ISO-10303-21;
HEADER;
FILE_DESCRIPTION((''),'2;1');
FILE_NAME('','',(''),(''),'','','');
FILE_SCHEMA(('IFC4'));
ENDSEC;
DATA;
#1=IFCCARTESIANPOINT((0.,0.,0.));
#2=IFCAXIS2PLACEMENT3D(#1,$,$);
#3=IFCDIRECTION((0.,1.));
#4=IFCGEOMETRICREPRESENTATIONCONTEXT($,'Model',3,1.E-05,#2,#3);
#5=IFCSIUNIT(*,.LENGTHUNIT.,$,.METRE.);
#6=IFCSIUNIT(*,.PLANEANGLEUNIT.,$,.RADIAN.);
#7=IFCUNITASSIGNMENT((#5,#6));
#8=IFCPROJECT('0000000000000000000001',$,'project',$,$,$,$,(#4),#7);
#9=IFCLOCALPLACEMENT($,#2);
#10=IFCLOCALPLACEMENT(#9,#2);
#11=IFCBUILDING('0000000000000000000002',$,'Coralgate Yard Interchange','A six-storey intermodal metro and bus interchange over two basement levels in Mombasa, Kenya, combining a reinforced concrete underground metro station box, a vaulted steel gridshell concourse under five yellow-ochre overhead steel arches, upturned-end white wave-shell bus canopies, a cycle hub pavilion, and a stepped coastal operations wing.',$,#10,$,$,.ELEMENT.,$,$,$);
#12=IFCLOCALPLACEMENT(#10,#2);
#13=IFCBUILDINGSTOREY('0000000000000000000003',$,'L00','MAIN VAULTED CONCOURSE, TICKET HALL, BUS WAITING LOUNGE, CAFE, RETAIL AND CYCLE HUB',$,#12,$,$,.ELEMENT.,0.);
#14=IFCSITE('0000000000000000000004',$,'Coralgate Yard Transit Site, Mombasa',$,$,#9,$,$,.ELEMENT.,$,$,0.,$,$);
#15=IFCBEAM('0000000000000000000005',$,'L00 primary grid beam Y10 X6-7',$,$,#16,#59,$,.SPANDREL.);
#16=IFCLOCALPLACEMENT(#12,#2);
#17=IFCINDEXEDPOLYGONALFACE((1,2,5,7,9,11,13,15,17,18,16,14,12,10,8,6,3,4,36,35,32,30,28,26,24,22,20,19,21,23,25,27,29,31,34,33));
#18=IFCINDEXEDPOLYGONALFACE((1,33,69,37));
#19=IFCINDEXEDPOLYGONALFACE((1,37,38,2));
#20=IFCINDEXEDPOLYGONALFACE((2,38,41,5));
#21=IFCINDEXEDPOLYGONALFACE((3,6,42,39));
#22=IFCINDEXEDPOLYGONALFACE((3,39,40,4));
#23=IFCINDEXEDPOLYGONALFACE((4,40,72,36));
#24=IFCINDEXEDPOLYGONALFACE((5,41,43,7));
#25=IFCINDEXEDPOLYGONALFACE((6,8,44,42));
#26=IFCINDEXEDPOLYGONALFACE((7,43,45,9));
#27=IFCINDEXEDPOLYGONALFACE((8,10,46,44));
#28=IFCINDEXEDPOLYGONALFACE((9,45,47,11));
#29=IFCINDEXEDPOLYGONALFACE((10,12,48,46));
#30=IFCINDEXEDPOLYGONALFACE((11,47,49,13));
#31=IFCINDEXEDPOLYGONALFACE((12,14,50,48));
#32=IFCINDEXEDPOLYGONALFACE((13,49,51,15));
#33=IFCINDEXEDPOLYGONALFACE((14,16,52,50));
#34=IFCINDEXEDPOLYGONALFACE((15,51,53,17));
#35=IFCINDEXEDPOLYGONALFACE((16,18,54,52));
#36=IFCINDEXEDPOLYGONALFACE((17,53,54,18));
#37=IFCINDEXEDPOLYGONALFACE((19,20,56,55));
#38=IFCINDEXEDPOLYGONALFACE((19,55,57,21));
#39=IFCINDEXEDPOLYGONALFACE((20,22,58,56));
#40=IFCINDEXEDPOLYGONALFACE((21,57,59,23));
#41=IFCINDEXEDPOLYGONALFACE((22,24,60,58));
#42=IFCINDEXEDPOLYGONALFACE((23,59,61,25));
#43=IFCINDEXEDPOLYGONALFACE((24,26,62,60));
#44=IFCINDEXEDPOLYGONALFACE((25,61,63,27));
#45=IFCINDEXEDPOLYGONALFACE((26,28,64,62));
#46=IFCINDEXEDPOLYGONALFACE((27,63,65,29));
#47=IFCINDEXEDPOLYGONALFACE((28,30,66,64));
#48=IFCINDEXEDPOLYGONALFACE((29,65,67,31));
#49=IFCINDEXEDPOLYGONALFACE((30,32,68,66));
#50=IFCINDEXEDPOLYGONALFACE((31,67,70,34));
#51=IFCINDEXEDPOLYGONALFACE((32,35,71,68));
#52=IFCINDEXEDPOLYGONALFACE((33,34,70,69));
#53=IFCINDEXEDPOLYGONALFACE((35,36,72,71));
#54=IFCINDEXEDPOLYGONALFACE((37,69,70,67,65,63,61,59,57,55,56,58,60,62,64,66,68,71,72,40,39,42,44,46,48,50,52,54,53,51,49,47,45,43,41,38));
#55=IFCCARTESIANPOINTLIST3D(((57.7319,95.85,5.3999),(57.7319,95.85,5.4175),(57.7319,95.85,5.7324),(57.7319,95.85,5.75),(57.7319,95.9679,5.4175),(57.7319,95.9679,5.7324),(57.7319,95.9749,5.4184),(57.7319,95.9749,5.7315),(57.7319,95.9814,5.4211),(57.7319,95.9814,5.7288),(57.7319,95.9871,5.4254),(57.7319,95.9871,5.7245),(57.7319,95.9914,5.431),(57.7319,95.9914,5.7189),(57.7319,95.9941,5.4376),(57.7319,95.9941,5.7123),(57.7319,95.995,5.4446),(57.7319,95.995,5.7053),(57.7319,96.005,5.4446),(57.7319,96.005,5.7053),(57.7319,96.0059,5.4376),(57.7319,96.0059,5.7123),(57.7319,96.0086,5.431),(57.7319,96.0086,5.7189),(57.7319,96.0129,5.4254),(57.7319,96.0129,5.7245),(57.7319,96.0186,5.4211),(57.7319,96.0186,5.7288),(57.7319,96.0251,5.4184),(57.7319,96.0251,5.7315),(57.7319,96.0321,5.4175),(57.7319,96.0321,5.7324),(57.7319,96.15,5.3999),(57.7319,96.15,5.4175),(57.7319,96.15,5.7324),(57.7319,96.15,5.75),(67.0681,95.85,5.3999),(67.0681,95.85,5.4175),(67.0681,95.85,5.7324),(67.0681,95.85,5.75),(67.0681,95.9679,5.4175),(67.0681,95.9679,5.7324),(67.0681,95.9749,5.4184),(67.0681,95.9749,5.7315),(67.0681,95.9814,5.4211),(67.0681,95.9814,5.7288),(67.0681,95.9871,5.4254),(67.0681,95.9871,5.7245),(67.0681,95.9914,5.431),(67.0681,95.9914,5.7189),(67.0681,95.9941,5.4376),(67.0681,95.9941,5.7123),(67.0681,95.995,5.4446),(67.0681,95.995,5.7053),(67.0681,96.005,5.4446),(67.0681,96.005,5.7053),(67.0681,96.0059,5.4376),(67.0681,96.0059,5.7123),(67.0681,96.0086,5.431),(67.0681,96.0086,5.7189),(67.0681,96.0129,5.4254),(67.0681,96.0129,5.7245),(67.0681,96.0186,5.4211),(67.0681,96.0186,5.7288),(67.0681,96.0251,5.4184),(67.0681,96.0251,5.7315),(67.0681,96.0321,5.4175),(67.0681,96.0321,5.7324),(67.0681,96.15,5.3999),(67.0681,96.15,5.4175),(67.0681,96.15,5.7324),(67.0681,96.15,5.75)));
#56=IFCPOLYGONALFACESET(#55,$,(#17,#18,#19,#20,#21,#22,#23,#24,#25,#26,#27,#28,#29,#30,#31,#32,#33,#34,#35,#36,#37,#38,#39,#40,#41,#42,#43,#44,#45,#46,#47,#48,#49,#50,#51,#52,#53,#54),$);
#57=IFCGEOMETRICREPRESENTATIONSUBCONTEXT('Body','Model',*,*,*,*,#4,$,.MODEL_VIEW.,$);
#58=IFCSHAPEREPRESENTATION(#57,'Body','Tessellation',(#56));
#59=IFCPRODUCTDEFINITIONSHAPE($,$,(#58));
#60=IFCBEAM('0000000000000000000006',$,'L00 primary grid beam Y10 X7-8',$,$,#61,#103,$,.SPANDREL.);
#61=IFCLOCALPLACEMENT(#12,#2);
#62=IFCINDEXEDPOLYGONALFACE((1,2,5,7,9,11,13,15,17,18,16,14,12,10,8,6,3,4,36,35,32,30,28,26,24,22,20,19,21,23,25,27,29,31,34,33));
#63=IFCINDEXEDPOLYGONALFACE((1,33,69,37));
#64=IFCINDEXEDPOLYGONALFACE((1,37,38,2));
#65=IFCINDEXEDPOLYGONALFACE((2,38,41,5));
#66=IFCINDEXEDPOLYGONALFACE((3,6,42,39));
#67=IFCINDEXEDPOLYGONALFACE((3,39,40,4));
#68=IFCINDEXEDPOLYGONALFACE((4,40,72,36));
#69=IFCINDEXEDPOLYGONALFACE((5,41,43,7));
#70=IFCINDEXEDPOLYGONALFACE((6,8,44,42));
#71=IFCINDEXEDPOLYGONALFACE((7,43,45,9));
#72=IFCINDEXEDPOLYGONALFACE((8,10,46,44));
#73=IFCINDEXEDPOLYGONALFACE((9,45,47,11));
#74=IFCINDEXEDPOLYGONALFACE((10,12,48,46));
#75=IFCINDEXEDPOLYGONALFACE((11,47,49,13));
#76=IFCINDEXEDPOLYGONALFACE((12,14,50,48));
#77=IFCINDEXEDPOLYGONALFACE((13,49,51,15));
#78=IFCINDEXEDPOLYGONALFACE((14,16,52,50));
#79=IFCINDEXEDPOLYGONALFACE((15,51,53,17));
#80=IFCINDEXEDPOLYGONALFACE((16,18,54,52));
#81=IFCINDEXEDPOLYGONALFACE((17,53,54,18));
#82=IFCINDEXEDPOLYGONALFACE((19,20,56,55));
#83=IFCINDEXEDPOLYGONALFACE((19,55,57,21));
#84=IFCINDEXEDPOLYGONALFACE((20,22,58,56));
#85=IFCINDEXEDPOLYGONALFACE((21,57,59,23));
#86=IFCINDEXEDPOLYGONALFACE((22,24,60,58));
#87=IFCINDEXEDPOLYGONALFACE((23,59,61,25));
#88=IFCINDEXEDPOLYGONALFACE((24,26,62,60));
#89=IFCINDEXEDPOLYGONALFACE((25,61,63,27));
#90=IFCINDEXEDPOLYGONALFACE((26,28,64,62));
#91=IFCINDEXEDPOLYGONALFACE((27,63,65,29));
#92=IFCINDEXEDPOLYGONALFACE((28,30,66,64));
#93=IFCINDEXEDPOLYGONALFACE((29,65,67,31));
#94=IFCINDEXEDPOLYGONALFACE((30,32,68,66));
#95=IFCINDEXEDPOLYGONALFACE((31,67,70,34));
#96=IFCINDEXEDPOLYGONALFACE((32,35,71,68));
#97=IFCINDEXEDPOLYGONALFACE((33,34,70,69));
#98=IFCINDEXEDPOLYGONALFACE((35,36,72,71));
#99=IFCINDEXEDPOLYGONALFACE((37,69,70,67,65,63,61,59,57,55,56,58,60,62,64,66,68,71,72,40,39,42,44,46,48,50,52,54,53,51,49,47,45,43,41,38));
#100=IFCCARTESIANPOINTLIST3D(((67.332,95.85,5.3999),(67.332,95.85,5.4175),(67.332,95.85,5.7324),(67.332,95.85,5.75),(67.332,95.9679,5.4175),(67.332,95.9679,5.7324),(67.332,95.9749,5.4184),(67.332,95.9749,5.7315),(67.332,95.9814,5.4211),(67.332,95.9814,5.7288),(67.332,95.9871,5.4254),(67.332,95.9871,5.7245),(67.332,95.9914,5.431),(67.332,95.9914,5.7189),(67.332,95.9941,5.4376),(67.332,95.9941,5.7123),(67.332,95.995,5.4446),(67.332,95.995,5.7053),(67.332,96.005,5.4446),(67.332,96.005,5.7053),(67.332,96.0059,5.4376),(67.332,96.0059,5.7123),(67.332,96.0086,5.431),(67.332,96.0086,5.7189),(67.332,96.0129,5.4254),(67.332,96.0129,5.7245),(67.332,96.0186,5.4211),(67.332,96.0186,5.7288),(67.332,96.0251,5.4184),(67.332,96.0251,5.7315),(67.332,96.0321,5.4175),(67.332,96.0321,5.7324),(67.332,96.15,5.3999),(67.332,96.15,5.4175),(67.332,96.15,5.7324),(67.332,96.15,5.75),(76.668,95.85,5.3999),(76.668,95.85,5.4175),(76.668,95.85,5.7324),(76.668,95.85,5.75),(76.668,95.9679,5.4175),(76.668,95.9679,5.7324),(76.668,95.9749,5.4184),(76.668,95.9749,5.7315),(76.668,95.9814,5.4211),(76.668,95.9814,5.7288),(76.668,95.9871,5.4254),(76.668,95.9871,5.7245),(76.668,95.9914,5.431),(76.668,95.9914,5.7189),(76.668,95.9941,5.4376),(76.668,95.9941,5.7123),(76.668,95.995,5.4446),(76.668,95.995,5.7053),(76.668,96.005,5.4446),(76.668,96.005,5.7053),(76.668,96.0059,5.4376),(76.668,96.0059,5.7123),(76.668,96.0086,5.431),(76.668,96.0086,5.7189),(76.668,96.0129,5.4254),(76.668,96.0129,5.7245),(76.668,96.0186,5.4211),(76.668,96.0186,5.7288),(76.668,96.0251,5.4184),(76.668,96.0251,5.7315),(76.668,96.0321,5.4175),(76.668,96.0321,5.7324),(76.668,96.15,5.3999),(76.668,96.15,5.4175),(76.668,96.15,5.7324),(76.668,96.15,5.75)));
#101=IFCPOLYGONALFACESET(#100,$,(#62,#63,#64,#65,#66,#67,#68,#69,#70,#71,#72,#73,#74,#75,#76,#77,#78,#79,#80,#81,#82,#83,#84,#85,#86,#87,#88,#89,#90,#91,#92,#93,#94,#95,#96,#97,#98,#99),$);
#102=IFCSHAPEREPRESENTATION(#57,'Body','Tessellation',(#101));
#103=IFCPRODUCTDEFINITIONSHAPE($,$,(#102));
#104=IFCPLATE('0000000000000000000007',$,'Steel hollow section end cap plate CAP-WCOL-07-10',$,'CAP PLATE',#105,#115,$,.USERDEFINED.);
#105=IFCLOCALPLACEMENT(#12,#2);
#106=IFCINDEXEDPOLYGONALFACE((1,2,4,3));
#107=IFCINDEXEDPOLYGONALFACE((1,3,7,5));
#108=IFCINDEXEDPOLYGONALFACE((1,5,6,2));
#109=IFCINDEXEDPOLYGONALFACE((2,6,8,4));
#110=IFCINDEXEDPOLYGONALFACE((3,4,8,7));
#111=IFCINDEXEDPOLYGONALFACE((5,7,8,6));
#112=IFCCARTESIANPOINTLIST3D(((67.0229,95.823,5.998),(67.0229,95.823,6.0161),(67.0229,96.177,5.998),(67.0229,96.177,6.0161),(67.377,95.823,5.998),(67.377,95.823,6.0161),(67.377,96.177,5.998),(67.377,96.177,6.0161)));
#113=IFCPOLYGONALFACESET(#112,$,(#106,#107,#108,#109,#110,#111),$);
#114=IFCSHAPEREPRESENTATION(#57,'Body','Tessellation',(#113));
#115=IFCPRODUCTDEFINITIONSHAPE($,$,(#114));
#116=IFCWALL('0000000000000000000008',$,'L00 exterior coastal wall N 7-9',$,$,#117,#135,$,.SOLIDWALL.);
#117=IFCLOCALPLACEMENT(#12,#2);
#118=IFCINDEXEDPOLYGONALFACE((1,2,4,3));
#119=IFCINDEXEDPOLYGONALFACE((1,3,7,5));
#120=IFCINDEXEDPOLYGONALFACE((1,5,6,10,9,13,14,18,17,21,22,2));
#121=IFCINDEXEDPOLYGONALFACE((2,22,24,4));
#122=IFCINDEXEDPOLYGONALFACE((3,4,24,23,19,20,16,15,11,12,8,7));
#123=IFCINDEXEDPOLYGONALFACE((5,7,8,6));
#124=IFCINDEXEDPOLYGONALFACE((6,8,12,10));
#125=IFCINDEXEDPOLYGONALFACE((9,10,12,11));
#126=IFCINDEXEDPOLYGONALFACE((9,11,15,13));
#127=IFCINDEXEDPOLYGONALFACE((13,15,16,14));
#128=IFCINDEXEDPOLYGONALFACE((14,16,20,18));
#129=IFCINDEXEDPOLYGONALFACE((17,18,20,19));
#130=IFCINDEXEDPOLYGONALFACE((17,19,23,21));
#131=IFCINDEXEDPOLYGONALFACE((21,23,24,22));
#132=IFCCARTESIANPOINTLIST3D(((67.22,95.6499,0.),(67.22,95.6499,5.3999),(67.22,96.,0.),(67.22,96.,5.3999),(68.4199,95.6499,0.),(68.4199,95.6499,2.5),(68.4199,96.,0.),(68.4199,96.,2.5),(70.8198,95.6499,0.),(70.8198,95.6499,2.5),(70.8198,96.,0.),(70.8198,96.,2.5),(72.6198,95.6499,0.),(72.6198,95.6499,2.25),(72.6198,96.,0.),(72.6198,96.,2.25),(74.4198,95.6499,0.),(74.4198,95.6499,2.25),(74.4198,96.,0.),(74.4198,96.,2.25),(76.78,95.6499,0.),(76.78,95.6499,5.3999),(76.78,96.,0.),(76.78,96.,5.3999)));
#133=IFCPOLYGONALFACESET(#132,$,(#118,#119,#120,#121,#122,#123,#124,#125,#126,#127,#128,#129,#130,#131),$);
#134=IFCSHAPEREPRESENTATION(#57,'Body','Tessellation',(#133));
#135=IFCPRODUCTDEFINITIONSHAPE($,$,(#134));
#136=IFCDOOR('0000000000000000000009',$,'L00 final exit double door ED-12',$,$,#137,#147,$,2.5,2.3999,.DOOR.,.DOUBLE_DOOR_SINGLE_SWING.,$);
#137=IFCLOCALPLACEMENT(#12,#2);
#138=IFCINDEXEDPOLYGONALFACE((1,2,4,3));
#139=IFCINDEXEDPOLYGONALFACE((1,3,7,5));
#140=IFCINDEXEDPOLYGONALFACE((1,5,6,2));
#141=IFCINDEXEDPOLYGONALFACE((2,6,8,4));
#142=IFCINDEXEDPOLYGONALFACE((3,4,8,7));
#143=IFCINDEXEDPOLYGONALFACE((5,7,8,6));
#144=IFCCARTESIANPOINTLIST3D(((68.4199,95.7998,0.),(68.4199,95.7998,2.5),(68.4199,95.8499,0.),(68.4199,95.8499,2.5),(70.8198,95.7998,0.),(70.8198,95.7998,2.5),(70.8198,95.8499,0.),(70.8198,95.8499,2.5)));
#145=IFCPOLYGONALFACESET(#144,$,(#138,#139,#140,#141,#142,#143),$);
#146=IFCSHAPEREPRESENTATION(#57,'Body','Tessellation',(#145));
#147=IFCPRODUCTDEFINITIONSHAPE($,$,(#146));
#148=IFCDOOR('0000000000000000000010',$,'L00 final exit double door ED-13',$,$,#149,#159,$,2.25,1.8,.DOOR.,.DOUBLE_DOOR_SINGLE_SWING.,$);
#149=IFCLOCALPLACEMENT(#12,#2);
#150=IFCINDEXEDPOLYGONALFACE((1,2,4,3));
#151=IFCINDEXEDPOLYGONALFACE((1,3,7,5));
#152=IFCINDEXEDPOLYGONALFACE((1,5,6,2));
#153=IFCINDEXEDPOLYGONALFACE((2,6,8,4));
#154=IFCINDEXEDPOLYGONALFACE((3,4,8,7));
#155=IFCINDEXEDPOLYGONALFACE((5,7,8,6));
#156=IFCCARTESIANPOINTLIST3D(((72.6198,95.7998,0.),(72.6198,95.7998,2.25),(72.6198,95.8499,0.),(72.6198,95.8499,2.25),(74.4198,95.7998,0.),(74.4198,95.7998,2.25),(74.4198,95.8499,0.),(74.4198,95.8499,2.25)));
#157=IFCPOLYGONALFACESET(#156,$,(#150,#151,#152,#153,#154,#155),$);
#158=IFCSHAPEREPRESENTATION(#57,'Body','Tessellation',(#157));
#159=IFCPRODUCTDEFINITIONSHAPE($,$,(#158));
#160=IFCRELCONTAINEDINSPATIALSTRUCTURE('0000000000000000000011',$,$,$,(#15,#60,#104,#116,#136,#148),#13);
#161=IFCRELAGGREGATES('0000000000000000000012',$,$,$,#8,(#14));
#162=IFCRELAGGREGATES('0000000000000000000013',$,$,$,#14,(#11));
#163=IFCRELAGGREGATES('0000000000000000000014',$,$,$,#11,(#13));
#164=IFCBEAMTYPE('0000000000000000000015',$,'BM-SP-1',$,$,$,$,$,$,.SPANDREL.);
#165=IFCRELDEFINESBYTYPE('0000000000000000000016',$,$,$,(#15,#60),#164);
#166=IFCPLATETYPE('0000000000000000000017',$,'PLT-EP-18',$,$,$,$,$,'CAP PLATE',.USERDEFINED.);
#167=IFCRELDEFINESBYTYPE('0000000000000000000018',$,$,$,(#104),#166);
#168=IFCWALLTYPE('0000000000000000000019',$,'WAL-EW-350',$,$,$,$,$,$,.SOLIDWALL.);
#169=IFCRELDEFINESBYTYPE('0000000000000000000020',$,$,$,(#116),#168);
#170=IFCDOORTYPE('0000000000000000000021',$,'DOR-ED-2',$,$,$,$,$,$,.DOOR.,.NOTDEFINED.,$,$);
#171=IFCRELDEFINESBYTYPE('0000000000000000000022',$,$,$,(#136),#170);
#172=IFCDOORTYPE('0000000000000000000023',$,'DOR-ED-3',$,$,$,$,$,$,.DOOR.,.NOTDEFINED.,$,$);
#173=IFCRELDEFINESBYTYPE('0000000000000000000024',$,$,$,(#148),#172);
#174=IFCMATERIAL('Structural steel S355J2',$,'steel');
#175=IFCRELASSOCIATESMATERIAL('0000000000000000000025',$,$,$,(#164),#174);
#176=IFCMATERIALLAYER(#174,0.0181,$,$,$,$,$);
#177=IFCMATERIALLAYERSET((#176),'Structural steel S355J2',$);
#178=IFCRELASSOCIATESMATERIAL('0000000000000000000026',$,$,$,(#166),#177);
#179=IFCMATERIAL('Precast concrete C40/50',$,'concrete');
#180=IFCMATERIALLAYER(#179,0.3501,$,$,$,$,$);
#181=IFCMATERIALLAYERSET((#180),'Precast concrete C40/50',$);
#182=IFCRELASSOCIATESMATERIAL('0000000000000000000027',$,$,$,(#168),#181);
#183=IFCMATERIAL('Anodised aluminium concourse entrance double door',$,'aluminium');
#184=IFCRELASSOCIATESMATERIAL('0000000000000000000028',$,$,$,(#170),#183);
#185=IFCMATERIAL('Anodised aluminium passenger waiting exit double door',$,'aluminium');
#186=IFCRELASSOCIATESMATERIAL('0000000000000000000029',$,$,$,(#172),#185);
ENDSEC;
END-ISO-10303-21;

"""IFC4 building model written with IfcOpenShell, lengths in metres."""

from ifc_helpers import new_model, si_unit, direction, frame, frame_2d, origin, origin_2d, place, context, subcontext, project, spatial, rectangle, i_section, extrude, material, layer, layer_set, material_profile, profile_set, type_object, element, fill, save


model = new_model("IFC4")

# Units and contexts
model_context = context("Model", 3, precision=1e-05, world=origin(), true_north=direction((0.0, 1.0)))
body_context = subcontext(model_context, "Body", "Model", "MODEL_VIEW")
ifc_project = project(units=[si_unit("LENGTHUNIT", "METRE"), si_unit("PLANEANGLEUNIT", "RADIAN")], contexts=[model_context])

# Site, building, storey
site_placement = place(None, origin())
site = spatial("IfcSite", under=ifc_project, at=site_placement, Name="Coralgate Yard Transit Site, Mombasa", CompositionType="ELEMENT", RefElevation=0.0)
building_placement = place(site_placement, origin())
building = spatial("IfcBuilding", under=site, at=building_placement, Name="Coralgate Yard Interchange", Description="A six-storey intermodal metro and bus interchange over two basement levels in Mombasa, Kenya, combining a reinforced concrete underground metro station box, a vaulted steel gridshell concourse under five yellow-ochre overhead steel arches, upturned-end white wave-shell bus canopies, a cycle hub pavilion, and a stepped coastal operations wing.", CompositionType="ELEMENT")
storey_placement = place(building_placement, origin())
storey = spatial("IfcBuildingStorey", under=building, at=storey_placement, Name="L00", Description="MAIN VAULTED CONCOURSE, TICKET HALL, BUS WAITING LOUNGE, CAFE, RETAIL AND CYCLE HUB", CompositionType="ELEMENT", Elevation=0.0)

# Shared definitions
ifc_material_1 = material(Name="Structural steel S355J2", Category="steel")

# Beams
ifc_material_profile_1 = material_profile(ifc_material_1, i_section(OverallWidth=0.3, OverallDepth=0.3501, WebThickness=0.01, FlangeThickness=0.0176, FilletRadius=0.0271, at=origin_2d()), Name="HEA 360")
ifc_profile_set_1 = profile_set([ifc_material_profile_1], Name="Structural steel S355J2")
beam_type_1 = type_object("IfcBeamType", Name="BM-SP-1", PredefinedType="SPANDREL", material=ifc_profile_set_1)
beam_1_placement = place(storey_placement, frame((57.7319, 96.0, 5.575), z_axis=(1.0, 0.0, 0.0), x_axis=(0.0, 1.0, 0.0)))
element("IfcBeam", 1, at=beam_1_placement, inside=storey, type_object=beam_type_1, Name="L00 primary grid beam Y10 X6-7", PredefinedType="SPANDREL", context=body_context, shape_type="SweptSolid", body=[
    extrude(i_section(OverallWidth=0.3, OverallDepth=0.3501, WebThickness=0.01, FlangeThickness=0.0176, FilletRadius=0.0271, at=origin_2d()), origin(), (0.0, 0.0, 1.0), 9.3362),
])
beam_2_placement = place(storey_placement, frame((67.332, 96.0, 5.575), z_axis=(1.0, 0.0, 0.0), x_axis=(0.0, 1.0, 0.0)))
element("IfcBeam", 2, at=beam_2_placement, inside=storey, type_object=beam_type_1, Name="L00 primary grid beam Y10 X7-8", PredefinedType="SPANDREL", context=body_context, shape_type="SweptSolid", body=[
    extrude(i_section(OverallWidth=0.3, OverallDepth=0.3501, WebThickness=0.01, FlangeThickness=0.0176, FilletRadius=0.0271, at=origin_2d()), origin(), (0.0, 0.0, 1.0), 9.3359),
])

# Plate
ifc_layer_1 = layer(ifc_material_1, 0.0181)
ifc_layer_set_1 = layer_set([ifc_layer_1], Name="Structural steel S355J2")
plate_type = type_object("IfcPlateType", Name="PLT-EP-18", ElementType="CAP PLATE", PredefinedType="USERDEFINED", material=ifc_layer_set_1)
plate_placement = place(storey_placement, frame((67.2, 96.0, 5.998), z_axis=(0.0, 0.0, 1.0), x_axis=(1.0, 0.0, 0.0)))
element("IfcPlate", 3, at=plate_placement, inside=storey, type_object=plate_type, Name="Steel hollow section end cap plate CAP-WCOL-07-10", ObjectType="CAP PLATE", PredefinedType="USERDEFINED", context=body_context, shape_type="SweptSolid", body=[
    extrude(rectangle(XDim=0.354, YDim=0.354, at=origin_2d()), origin(), (0.0, 0.0, 1.0), 0.0181),
])

# Wall, openings, doors
ifc_material_2 = material(Name="Precast concrete C40/50", Category="concrete")
ifc_layer_2 = layer(ifc_material_2, 0.3501)
ifc_layer_set_2 = layer_set([ifc_layer_2], Name="Precast concrete C40/50")
wall_type_1 = type_object("IfcWallType", Name="WAL-EW-350", PredefinedType="SOLIDWALL", material=ifc_layer_set_2)
wall_1_placement = place(storey_placement, frame((67.22, 95.825, 0.0), z_axis=(0.0, 0.0, 1.0), x_axis=(1.0, 0.0, 0.0)))
wall_1 = element("IfcWall", 4, at=wall_1_placement, inside=storey, type_object=wall_type_1, Name="L00 exterior coastal wall N 7-9", PredefinedType="SOLIDWALL", context=body_context, shape_type="SweptSolid", body=[
    extrude(rectangle(XDim=9.5601, YDim=0.3501, at=frame_2d((4.78, 0.0))), origin(), (0.0, 0.0, 1.0), 5.3999),
])
opening_1_placement = place(wall_1_placement, frame((1.2, 0.0, 0.0)))
opening_1 = element("IfcOpeningElement", 5, at=opening_1_placement, cuts=wall_1, PredefinedType="OPENING", context=body_context, shape_type="SweptSolid", body=[
    extrude(rectangle(XDim=2.3999, YDim=2.5, at=frame_2d((1.2, 1.25))), frame((0.0, 0.1851, 0.0), z_axis=(0.0, -1.0, 0.0), x_axis=(1.0, 0.0, 0.0)), (0.0, 0.0, 1.0), 0.3701),
])
opening_2_placement = place(wall_1_placement, frame((5.3999, 0.0, 0.0)))
opening_2 = element("IfcOpeningElement", 6, at=opening_2_placement, cuts=wall_1, PredefinedType="OPENING", context=body_context, shape_type="SweptSolid", body=[
    extrude(rectangle(XDim=1.8, YDim=2.25, at=frame_2d((0.8999, 1.125))), frame((0.0, 0.1851, 0.0), z_axis=(0.0, -1.0, 0.0), x_axis=(1.0, 0.0, 0.0)), (0.0, 0.0, 1.0), 0.3701),
])
ifc_material_3 = material(Name="Anodised aluminium concourse entrance double door", Category="aluminium")
door_type_1 = type_object("IfcDoorType", Name="DOR-ED-2", OperationType="NOTDEFINED", PredefinedType="DOOR", material=ifc_material_3)
door_1_placement = place(opening_1_placement, origin())
door_1 = element("IfcDoor", 7, at=door_1_placement, inside=storey, type_object=door_type_1, Name="L00 final exit double door ED-12", OperationType="DOUBLE_DOOR_SINGLE_SWING", OverallHeight=2.5, OverallWidth=2.3999, PredefinedType="DOOR", context=body_context, shape_type="SweptSolid", body=[
    extrude(rectangle(XDim=2.3999, YDim=2.5, at=frame_2d((1.2, 1.25))), frame((0.0, 0.0249, 0.0), z_axis=(0.0, -1.0, 0.0), x_axis=(1.0, 0.0, 0.0)), (0.0, 0.0, 1.0), 0.05),
])
fill(opening_1, door_1)
ifc_material_4 = material(Name="Anodised aluminium passenger waiting exit double door", Category="aluminium")
door_type_2 = type_object("IfcDoorType", Name="DOR-ED-3", OperationType="NOTDEFINED", PredefinedType="DOOR", material=ifc_material_4)
door_2_placement = place(opening_2_placement, origin())
door_2 = element("IfcDoor", 8, at=door_2_placement, inside=storey, type_object=door_type_2, Name="L00 final exit double door ED-13", OperationType="DOUBLE_DOOR_SINGLE_SWING", OverallHeight=2.25, OverallWidth=1.8, PredefinedType="DOOR", context=body_context, shape_type="SweptSolid", body=[
    extrude(rectangle(XDim=1.8, YDim=2.25, at=frame_2d((0.8999, 1.125))), frame((0.0, 0.0249, 0.0), z_axis=(0.0, -1.0, 0.0), x_axis=(1.0, 0.0, 0.0)), (0.0, 0.0, 1.0), 0.05),
])
fill(opening_2, door_2)

save(model, "model.ifc")
